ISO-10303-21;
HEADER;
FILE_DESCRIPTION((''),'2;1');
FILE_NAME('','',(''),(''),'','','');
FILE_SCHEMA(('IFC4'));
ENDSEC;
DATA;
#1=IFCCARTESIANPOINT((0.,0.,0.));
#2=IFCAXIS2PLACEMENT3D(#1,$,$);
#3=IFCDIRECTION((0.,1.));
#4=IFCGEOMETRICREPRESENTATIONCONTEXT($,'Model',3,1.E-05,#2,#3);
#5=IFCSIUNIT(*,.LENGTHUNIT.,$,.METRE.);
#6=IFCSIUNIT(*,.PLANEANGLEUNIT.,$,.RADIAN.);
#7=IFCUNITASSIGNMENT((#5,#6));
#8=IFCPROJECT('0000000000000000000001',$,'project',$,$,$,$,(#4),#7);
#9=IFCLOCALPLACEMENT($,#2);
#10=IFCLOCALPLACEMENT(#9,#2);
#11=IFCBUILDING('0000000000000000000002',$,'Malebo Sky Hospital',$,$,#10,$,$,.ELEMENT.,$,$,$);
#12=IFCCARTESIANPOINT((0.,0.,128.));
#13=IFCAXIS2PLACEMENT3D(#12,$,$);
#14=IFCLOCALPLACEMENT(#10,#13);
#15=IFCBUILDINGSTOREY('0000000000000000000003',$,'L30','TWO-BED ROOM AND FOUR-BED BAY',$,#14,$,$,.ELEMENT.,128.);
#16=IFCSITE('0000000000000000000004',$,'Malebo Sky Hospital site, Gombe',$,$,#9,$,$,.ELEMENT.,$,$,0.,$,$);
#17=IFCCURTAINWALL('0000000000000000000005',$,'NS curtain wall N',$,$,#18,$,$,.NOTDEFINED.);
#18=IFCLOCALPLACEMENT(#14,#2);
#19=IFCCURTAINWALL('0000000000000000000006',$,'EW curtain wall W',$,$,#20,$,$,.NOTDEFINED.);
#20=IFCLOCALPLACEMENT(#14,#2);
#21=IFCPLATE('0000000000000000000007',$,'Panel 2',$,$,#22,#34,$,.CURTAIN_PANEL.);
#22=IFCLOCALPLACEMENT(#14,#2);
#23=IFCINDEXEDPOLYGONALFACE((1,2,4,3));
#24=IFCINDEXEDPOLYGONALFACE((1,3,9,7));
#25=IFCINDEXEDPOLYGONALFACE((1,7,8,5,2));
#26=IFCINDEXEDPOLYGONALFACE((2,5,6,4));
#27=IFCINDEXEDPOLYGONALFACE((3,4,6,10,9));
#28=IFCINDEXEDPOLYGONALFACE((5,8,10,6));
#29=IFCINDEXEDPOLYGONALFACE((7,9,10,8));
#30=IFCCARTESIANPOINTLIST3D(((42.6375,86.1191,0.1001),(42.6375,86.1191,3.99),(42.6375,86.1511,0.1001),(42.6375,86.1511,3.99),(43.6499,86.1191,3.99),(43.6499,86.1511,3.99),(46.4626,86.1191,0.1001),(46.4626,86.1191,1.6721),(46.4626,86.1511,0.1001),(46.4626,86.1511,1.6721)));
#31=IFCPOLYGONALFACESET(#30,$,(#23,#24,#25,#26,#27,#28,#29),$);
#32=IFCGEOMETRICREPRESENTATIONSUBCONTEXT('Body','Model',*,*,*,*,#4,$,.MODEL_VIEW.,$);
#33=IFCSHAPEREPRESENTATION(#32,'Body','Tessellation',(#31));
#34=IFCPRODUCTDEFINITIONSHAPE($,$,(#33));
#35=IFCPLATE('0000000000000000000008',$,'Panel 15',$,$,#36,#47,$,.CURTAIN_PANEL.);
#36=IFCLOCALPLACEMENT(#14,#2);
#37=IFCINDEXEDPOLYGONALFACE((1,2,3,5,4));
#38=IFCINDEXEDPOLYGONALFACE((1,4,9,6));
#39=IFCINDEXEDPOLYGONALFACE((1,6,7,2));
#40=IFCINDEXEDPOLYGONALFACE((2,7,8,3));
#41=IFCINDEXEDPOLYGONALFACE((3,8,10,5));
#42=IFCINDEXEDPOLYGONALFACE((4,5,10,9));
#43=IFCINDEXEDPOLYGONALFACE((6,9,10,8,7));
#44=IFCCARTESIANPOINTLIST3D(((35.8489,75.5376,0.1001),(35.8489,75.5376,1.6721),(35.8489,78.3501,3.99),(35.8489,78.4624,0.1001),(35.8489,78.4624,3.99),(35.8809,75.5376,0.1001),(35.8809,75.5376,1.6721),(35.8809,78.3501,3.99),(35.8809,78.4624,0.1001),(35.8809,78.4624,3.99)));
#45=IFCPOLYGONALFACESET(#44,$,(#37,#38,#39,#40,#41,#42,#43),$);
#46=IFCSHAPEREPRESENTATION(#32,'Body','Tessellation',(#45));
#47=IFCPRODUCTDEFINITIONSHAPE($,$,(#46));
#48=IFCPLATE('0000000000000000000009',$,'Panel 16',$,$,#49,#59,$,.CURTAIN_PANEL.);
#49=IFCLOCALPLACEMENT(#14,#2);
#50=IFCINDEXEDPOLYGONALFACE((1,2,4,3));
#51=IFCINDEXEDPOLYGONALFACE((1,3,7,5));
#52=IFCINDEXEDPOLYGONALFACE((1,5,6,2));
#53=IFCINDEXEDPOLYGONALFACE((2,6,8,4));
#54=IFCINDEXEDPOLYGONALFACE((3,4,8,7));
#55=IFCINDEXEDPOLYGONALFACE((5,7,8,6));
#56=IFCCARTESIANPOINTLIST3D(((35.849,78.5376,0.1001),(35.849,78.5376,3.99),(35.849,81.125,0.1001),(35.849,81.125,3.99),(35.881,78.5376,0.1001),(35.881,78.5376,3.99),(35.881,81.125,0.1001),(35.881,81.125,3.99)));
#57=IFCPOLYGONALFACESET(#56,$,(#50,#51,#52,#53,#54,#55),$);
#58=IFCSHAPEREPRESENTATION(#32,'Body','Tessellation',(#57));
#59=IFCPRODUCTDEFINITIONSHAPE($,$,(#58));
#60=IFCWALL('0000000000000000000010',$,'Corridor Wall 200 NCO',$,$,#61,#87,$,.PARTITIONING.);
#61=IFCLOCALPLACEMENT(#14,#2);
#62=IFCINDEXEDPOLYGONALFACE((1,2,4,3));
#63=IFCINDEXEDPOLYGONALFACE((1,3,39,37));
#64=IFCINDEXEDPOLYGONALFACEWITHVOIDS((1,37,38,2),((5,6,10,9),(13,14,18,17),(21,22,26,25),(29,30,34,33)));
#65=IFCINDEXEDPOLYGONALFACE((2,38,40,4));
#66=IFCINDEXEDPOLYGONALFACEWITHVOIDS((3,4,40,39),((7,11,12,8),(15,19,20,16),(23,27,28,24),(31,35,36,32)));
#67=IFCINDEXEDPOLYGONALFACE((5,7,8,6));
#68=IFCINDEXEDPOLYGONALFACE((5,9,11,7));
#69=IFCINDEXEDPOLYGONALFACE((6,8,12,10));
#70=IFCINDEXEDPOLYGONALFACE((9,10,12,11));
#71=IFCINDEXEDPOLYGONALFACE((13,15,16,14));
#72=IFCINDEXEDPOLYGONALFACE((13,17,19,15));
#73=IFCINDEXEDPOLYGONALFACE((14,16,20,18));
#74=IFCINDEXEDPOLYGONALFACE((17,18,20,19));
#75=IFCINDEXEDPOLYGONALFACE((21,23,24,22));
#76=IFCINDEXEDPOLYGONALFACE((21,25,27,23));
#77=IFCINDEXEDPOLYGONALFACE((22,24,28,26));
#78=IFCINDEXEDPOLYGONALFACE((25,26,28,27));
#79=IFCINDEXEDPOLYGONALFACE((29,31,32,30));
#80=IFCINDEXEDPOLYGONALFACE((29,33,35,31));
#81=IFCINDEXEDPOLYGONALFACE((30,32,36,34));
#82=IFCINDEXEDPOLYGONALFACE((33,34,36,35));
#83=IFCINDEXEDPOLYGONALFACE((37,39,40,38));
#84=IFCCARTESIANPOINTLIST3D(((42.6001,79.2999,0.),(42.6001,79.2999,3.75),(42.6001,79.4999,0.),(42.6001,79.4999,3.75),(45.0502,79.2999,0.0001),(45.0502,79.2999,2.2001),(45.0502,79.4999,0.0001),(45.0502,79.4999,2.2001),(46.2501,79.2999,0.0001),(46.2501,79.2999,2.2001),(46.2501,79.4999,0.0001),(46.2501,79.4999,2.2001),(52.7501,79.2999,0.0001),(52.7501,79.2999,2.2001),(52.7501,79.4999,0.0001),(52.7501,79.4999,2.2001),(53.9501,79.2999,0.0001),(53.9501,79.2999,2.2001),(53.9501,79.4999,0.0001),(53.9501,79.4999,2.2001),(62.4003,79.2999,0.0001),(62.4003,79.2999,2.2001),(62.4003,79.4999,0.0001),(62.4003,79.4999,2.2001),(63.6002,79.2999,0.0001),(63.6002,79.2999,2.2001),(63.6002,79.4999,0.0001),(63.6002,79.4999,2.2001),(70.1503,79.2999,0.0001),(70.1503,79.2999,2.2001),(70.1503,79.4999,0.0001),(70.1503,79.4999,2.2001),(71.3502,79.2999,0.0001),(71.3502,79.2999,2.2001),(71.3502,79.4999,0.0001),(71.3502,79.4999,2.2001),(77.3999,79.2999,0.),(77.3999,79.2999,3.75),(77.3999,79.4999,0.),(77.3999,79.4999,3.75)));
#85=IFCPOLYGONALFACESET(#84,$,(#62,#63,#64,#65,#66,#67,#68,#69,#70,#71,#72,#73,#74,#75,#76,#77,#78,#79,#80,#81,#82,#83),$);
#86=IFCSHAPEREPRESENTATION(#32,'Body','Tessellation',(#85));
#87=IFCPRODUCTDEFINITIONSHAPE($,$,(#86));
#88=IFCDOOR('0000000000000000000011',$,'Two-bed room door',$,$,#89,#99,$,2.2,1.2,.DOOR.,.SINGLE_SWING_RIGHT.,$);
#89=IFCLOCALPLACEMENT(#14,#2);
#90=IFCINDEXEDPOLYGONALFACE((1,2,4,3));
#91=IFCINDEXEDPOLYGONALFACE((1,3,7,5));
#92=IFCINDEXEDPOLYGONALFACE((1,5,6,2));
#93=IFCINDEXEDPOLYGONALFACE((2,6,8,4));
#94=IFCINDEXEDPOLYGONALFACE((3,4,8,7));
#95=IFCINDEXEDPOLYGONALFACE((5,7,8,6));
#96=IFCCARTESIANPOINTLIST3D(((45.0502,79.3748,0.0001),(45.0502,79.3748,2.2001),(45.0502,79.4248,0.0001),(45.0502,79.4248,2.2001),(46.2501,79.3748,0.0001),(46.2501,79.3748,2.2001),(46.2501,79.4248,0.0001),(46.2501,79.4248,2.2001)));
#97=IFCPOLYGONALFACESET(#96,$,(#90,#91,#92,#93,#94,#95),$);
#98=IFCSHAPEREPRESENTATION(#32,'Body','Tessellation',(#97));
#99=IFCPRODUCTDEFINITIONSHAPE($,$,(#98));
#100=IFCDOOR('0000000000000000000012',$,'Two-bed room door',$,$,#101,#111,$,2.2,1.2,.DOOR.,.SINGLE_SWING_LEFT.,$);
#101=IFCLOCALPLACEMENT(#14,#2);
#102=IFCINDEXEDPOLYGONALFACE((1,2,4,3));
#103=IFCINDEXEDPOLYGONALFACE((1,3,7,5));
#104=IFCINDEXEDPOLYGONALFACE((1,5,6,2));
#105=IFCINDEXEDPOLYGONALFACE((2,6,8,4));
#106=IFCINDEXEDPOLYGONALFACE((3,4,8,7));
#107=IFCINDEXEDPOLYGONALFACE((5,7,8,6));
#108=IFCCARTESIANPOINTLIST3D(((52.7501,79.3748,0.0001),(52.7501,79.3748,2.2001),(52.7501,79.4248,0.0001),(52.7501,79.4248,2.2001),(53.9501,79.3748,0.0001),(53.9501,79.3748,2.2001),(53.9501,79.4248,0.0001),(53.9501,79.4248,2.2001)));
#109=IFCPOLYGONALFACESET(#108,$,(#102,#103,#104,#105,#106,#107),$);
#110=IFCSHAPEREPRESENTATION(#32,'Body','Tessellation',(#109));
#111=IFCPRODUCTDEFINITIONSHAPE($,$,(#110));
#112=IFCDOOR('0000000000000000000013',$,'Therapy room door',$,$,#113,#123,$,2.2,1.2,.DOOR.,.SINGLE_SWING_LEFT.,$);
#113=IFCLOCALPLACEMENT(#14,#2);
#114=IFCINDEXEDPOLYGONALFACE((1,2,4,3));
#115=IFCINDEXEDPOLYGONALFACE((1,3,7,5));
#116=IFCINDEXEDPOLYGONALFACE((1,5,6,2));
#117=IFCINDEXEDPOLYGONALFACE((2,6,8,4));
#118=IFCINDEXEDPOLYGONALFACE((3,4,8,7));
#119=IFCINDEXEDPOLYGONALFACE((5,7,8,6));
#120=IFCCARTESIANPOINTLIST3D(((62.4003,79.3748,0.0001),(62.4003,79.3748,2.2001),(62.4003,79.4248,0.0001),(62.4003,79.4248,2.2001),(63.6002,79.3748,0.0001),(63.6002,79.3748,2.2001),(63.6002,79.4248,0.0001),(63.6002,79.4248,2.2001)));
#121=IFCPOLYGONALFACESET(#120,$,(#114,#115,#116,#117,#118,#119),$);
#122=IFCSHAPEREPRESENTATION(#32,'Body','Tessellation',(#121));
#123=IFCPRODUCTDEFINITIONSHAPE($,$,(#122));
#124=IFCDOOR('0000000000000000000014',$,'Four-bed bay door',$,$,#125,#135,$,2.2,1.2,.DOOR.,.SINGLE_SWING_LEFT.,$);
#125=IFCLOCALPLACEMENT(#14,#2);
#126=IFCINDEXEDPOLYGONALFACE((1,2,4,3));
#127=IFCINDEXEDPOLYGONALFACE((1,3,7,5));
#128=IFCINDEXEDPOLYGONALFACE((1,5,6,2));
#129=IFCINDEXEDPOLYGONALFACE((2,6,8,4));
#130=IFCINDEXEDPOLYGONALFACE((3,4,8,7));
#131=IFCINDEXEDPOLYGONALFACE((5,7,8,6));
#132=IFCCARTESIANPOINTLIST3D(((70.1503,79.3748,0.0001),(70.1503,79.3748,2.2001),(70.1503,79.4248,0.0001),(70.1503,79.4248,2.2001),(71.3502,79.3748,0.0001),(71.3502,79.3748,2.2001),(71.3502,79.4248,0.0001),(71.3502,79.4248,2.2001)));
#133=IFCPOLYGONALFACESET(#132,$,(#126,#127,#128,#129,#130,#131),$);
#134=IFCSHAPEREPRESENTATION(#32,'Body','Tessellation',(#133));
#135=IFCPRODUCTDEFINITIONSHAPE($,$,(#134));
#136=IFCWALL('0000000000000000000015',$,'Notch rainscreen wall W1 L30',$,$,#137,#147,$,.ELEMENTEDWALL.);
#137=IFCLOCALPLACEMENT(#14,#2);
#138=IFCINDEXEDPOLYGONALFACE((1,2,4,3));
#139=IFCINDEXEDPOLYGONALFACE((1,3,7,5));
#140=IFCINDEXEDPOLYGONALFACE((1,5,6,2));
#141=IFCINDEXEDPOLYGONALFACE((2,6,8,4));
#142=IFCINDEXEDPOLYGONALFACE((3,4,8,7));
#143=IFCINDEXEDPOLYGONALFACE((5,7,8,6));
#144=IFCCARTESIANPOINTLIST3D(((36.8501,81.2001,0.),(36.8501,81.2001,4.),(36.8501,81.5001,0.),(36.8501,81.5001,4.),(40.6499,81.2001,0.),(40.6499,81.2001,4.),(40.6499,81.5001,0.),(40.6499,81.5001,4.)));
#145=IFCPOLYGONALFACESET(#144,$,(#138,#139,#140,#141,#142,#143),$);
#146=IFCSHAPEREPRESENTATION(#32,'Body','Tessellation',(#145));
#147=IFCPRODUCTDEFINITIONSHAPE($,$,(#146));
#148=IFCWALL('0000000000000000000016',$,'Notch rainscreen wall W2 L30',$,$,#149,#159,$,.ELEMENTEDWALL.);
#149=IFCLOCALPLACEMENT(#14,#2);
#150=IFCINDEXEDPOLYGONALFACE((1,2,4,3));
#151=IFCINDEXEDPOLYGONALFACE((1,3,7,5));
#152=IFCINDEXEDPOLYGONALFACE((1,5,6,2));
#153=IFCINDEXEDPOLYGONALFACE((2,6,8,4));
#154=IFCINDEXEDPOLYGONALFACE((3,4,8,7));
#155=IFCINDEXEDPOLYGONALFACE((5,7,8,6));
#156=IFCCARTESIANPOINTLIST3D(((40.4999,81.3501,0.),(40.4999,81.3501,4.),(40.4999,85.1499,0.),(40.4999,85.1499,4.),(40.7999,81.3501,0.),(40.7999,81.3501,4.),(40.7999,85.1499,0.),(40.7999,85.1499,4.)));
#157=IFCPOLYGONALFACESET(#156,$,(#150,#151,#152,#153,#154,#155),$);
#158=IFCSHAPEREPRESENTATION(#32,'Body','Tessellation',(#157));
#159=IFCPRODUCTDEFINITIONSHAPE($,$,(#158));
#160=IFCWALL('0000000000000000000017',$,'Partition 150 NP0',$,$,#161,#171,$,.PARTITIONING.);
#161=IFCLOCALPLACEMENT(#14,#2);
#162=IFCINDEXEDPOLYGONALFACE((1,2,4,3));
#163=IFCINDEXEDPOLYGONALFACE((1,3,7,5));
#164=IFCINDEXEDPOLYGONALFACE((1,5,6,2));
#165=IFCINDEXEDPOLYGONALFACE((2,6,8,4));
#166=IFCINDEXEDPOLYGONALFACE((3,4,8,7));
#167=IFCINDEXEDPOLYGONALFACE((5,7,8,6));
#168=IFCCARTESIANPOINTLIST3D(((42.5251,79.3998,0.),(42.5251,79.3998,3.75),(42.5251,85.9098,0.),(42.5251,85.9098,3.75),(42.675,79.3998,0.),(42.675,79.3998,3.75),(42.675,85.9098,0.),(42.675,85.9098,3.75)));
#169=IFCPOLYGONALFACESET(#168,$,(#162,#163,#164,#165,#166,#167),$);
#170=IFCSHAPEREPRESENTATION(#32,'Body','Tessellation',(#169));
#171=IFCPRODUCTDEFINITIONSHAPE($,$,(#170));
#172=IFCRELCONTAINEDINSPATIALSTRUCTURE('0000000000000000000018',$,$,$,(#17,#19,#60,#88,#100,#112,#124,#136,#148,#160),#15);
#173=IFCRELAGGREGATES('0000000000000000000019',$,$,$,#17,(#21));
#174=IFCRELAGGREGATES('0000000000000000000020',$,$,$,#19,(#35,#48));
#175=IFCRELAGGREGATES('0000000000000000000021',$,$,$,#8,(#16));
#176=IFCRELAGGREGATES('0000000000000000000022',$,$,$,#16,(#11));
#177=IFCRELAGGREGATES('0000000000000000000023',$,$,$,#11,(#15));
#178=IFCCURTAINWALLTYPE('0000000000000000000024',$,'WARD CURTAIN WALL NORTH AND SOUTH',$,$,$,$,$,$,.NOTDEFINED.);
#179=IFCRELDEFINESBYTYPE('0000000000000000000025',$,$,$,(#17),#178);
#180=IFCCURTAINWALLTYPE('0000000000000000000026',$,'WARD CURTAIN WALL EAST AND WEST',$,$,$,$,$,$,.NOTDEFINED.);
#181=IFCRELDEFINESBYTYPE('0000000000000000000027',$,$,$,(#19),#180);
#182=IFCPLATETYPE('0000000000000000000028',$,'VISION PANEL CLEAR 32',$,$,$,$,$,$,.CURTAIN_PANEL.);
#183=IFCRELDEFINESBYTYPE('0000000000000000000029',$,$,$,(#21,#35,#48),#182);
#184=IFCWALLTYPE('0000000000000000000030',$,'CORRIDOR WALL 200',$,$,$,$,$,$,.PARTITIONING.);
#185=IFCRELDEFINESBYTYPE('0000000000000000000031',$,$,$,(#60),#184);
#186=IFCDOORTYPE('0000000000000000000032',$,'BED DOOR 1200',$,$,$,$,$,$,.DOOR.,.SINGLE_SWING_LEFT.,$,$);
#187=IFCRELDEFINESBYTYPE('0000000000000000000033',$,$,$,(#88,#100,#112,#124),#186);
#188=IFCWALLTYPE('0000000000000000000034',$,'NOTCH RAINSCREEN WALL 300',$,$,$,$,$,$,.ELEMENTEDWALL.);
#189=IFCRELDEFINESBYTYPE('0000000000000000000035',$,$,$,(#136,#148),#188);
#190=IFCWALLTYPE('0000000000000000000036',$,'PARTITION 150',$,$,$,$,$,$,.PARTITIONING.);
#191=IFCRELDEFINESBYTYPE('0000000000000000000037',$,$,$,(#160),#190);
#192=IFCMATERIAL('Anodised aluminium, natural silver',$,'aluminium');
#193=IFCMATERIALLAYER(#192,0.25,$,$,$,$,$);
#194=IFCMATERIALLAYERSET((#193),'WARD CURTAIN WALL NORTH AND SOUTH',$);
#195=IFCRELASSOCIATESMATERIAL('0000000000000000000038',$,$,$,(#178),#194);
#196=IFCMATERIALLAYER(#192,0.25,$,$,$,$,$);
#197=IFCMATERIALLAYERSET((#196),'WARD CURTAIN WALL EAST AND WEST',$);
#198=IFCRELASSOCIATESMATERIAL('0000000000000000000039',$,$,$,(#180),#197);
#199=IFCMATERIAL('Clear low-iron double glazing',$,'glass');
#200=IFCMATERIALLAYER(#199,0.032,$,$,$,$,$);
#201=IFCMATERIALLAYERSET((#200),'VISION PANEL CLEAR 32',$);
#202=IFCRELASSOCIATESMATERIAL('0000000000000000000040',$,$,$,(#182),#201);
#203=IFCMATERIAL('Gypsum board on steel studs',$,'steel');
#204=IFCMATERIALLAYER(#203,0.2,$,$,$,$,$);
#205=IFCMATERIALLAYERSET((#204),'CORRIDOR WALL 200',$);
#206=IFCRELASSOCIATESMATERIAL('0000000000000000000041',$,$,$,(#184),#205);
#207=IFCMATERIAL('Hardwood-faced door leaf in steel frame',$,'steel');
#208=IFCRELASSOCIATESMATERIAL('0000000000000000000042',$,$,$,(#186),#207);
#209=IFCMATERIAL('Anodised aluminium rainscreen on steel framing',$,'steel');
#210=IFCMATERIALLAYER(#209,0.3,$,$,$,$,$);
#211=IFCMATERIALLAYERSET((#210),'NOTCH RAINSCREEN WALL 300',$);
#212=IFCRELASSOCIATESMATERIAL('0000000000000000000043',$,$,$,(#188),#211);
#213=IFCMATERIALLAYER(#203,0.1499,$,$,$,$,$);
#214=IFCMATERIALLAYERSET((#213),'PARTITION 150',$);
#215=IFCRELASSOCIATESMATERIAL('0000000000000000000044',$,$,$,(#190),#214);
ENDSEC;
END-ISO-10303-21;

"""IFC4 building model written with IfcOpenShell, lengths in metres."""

from ifc_helpers import new_model, si_unit, direction, frame, frame_2d, origin, origin_2d, place, context, subcontext, project, spatial, polyline, rectangle, outline, extrude, material, layer, layer_set, type_object, element, fill, aggregate, save


model = new_model("IFC4")

# Units and contexts
model_context = context("Model", 3, precision=1e-05, world=origin(), true_north=direction((0.0, 1.0)))
body_context = subcontext(model_context, "Body", "Model", "MODEL_VIEW")
ifc_project = project(units=[si_unit("LENGTHUNIT", "METRE"), si_unit("PLANEANGLEUNIT", "RADIAN")], contexts=[model_context])

# Site, building, storey
site_placement = place(None, origin())
site = spatial("IfcSite", under=ifc_project, at=site_placement, Name="Malebo Sky Hospital site, Gombe", CompositionType="ELEMENT", RefElevation=0.0)
building_placement = place(site_placement, origin())
building = spatial("IfcBuilding", under=site, at=building_placement, Name="Malebo Sky Hospital", CompositionType="ELEMENT")
storey_placement = place(building_placement, frame((0.0, 0.0, 128.0)))
storey = spatial("IfcBuildingStorey", under=building, at=storey_placement, Name="L30", Description="TWO-BED ROOM AND FOUR-BED BAY", CompositionType="ELEMENT", Elevation=128.0)

# Curtain walls
ifc_material_1 = material(Name="Anodised aluminium, natural silver", Category="aluminium")
ifc_layer_1 = layer(ifc_material_1, 0.25)
ifc_layer_set_1 = layer_set([ifc_layer_1], Name="WARD CURTAIN WALL NORTH AND SOUTH")
curtain_wall_type_1 = type_object("IfcCurtainWallType", Name="WARD CURTAIN WALL NORTH AND SOUTH", PredefinedType="NOTDEFINED", material=ifc_layer_set_1)
curtain_wall_1_placement = place(storey_placement, origin())
curtain_wall_1 = element("IfcCurtainWall", 1, at=curtain_wall_1_placement, inside=storey, type_object=curtain_wall_type_1, Name="NS curtain wall N", PredefinedType="NOTDEFINED")
ifc_layer_2 = layer(ifc_material_1, 0.25)
ifc_layer_set_2 = layer_set([ifc_layer_2], Name="WARD CURTAIN WALL EAST AND WEST")
curtain_wall_type_2 = type_object("IfcCurtainWallType", Name="WARD CURTAIN WALL EAST AND WEST", PredefinedType="NOTDEFINED", material=ifc_layer_set_2)
curtain_wall_2_placement = place(storey_placement, origin())
curtain_wall_2 = element("IfcCurtainWall", 2, at=curtain_wall_2_placement, inside=storey, type_object=curtain_wall_type_2, Name="EW curtain wall W", PredefinedType="NOTDEFINED")

# Plates
ifc_material_2 = material(Name="Clear low-iron double glazing", Category="glass")
ifc_layer_3 = layer(ifc_material_2, 0.032)
ifc_layer_set_3 = layer_set([ifc_layer_3], Name="VISION PANEL CLEAR 32")
plate_type = type_object("IfcPlateType", Name="VISION PANEL CLEAR 32", PredefinedType="CURTAIN_PANEL", material=ifc_layer_set_3)
plate_1_placement = place(storey_placement, frame((44.55, 86.135, 0.1001), z_axis=(0.0, 0.0, 1.0), x_axis=(1.0, 0.0, 0.0)))
plate_1 = element("IfcPlate", 3, at=plate_1_placement, type_object=plate_type, Name="Panel 2", PredefinedType="CURTAIN_PANEL", context=body_context, shape_type="SweptSolid", body=[
    extrude(outline(polyline([(-1.9126, 0.0), (1.9126, 0.0), (1.9126, 1.572), (-0.9001, 3.8899), (-1.9126, 3.8899), (-1.9126, 0.0)])), frame((0.0, 0.0161, 0.0), z_axis=(0.0, -1.0, 0.0), x_axis=(1.0, 0.0, 0.0)), (0.0, 0.0, 1.0), 0.032),
])
aggregate(curtain_wall_1, [plate_1])
plate_2_placement = place(storey_placement, frame((35.865, 77.0, 0.1001), z_axis=(0.0, 0.0, 1.0), x_axis=(0.0, 1.0, 0.0)))
plate_2 = element("IfcPlate", 4, at=plate_2_placement, type_object=plate_type, Name="Panel 15", PredefinedType="CURTAIN_PANEL", context=body_context, shape_type="SweptSolid", body=[
    extrude(outline(polyline([(-1.4624, 0.0), (1.4624, 0.0), (1.4624, 3.8899), (1.3501, 3.8899), (-1.4624, 1.572), (-1.4624, 0.0)])), frame((0.0, 0.0161, 0.0), z_axis=(0.0, -1.0, 0.0), x_axis=(1.0, 0.0, 0.0)), (0.0, 0.0, 1.0), 0.032),
])
plate_3_placement = place(storey_placement, frame((35.865, 79.8313, 0.1001), z_axis=(0.0, 0.0, 1.0), x_axis=(0.0, 1.0, 0.0)))
plate_3 = element("IfcPlate", 5, at=plate_3_placement, type_object=plate_type, Name="Panel 16", PredefinedType="CURTAIN_PANEL", context=body_context, shape_type="SweptSolid", body=[
    extrude(rectangle(XDim=2.5874, YDim=0.032, at=origin_2d()), origin(), (0.0, 0.0, 1.0), 3.8899),
])
aggregate(curtain_wall_2, [plate_2, plate_3])

# Wall, openings, doors
ifc_material_3 = material(Name="Gypsum board on steel studs", Category="steel")
ifc_layer_4 = layer(ifc_material_3, 0.2)
ifc_layer_set_4 = layer_set([ifc_layer_4], Name="CORRIDOR WALL 200")
wall_type_1 = type_object("IfcWallType", Name="CORRIDOR WALL 200", PredefinedType="PARTITIONING", material=ifc_layer_set_4)
wall_1_placement = place(storey_placement, frame((42.6001, 79.3999, 0.0), z_axis=(0.0, 0.0, 1.0), x_axis=(1.0, 0.0, 0.0)))
wall_1 = element("IfcWall", 6, at=wall_1_placement, inside=storey, type_object=wall_type_1, Name="Corridor Wall 200 NCO", PredefinedType="PARTITIONING", context=body_context, shape_type="SweptSolid", body=[
    extrude(rectangle(XDim=34.7998, YDim=0.2, at=frame_2d((17.3999, 0.0))), origin(), (0.0, 0.0, 1.0), 3.75),
])
opening_1_placement = place(wall_1_placement, frame((2.45, 0.0, 0.0)))
opening_1 = element("IfcOpeningElement", 7, at=opening_1_placement, cuts=wall_1, PredefinedType="OPENING", context=body_context, shape_type="SweptSolid", body=[
    extrude(rectangle(XDim=1.2, YDim=2.2, at=frame_2d((0.6001, 1.1001))), frame((0.0, 0.1099, 0.0), z_axis=(0.0, -1.0, 0.0), x_axis=(1.0, 0.0, 0.0)), (0.0, 0.0, 1.0), 0.22),
])
opening_2_placement = place(wall_1_placement, frame((10.1499, 0.0, 0.0)))
opening_2 = element("IfcOpeningElement", 8, at=opening_2_placement, cuts=wall_1, PredefinedType="OPENING", context=body_context, shape_type="SweptSolid", body=[
    extrude(rectangle(XDim=1.2, YDim=2.2, at=frame_2d((0.6001, 1.1001))), frame((0.0, 0.1099, 0.0), z_axis=(0.0, -1.0, 0.0), x_axis=(1.0, 0.0, 0.0)), (0.0, 0.0, 1.0), 0.22),
])
opening_3_placement = place(wall_1_placement, frame((19.8, 0.0, 0.0)))
opening_3 = element("IfcOpeningElement", 9, at=opening_3_placement, cuts=wall_1, PredefinedType="OPENING", context=body_context, shape_type="SweptSolid", body=[
    extrude(rectangle(XDim=1.2, YDim=2.2, at=frame_2d((0.6001, 1.1001))), frame((0.0, 0.1099, 0.0), z_axis=(0.0, -1.0, 0.0), x_axis=(1.0, 0.0, 0.0)), (0.0, 0.0, 1.0), 0.22),
])
opening_4_placement = place(wall_1_placement, frame((27.55, 0.0, 0.0)))
opening_4 = element("IfcOpeningElement", 10, at=opening_4_placement, cuts=wall_1, PredefinedType="OPENING", context=body_context, shape_type="SweptSolid", body=[
    extrude(rectangle(XDim=1.2, YDim=2.2, at=frame_2d((0.6001, 1.1001))), frame((0.0, 0.1099, 0.0), z_axis=(0.0, -1.0, 0.0), x_axis=(1.0, 0.0, 0.0)), (0.0, 0.0, 1.0), 0.22),
])
ifc_material_4 = material(Name="Hardwood-faced door leaf in steel frame", Category="steel")
door_type_1 = type_object("IfcDoorType", Name="BED DOOR 1200", OperationType="SINGLE_SWING_LEFT", PredefinedType="DOOR", material=ifc_material_4)
door_1_placement = place(opening_1_placement, origin())
door_1 = element("IfcDoor", 11, at=door_1_placement, inside=storey, type_object=door_type_1, Name="Two-bed room door", OperationType="SINGLE_SWING_RIGHT", OverallHeight=2.2, OverallWidth=1.2, PredefinedType="DOOR", context=body_context, shape_type="SweptSolid", body=[
    extrude(rectangle(XDim=1.2, YDim=2.2, at=frame_2d((0.6001, 1.1001))), frame((0.0, 0.0249, 0.0), z_axis=(0.0, -1.0, 0.0), x_axis=(1.0, 0.0, 0.0)), (0.0, 0.0, 1.0), 0.05),
])
fill(opening_1, door_1)
door_2_placement = place(opening_2_placement, origin())
door_2 = element("IfcDoor", 12, at=door_2_placement, inside=storey, type_object=door_type_1, Name="Two-bed room door", OperationType="SINGLE_SWING_LEFT", OverallHeight=2.2, OverallWidth=1.2, PredefinedType="DOOR", context=body_context, shape_type="SweptSolid", body=[
    extrude(rectangle(XDim=1.2, YDim=2.2, at=frame_2d((0.6001, 1.1001))), frame((0.0, 0.0249, 0.0), z_axis=(0.0, -1.0, 0.0), x_axis=(1.0, 0.0, 0.0)), (0.0, 0.0, 1.0), 0.05),
])
fill(opening_2, door_2)
door_3_placement = place(opening_3_placement, origin())
door_3 = element("IfcDoor", 13, at=door_3_placement, inside=storey, type_object=door_type_1, Name="Therapy room door", OperationType="SINGLE_SWING_LEFT", OverallHeight=2.2, OverallWidth=1.2, PredefinedType="DOOR", context=body_context, shape_type="SweptSolid", body=[
    extrude(rectangle(XDim=1.2, YDim=2.2, at=frame_2d((0.6001, 1.1001))), frame((0.0, 0.0249, 0.0), z_axis=(0.0, -1.0, 0.0), x_axis=(1.0, 0.0, 0.0)), (0.0, 0.0, 1.0), 0.05),
])
fill(opening_3, door_3)
door_4_placement = place(opening_4_placement, origin())
door_4 = element("IfcDoor", 14, at=door_4_placement, inside=storey, type_object=door_type_1, Name="Four-bed bay door", OperationType="SINGLE_SWING_LEFT", OverallHeight=2.2, OverallWidth=1.2, PredefinedType="DOOR", context=body_context, shape_type="SweptSolid", body=[
    extrude(rectangle(XDim=1.2, YDim=2.2, at=frame_2d((0.6001, 1.1001))), frame((0.0, 0.0249, 0.0), z_axis=(0.0, -1.0, 0.0), x_axis=(1.0, 0.0, 0.0)), (0.0, 0.0, 1.0), 0.05),
])
fill(opening_4, door_4)

# Walls
ifc_material_5 = material(Name="Anodised aluminium rainscreen on steel framing", Category="steel")
ifc_layer_5 = layer(ifc_material_5, 0.3)
ifc_layer_set_5 = layer_set([ifc_layer_5], Name="NOTCH RAINSCREEN WALL 300")
wall_type_2 = type_object("IfcWallType", Name="NOTCH RAINSCREEN WALL 300", PredefinedType="ELEMENTEDWALL", material=ifc_layer_set_5)
for number, where, z_axis, x_axis, name in (
    (15, (36.8501, 81.3501, 0.0), (0.0, 0.0, 1.0), (1.0, 0.0, 0.0), "Notch rainscreen wall W1 L30"),
    (16, (40.6499, 81.3501, 0.0), (0.0, 0.0, 1.0), (0.0, 1.0, 0.0), "Notch rainscreen wall W2 L30"),
):
    element("IfcWall", number, at=place(storey_placement, frame(where, z_axis=z_axis, x_axis=x_axis)), inside=storey, type_object=wall_type_2, Name=name, PredefinedType="ELEMENTEDWALL", context=body_context, shape_type="SweptSolid", body=[
        extrude(rectangle(XDim=3.7998, YDim=0.3, at=frame_2d((1.8999, 0.0))), origin(), (0.0, 0.0, 1.0), 4.0),
    ])
ifc_layer_6 = layer(ifc_material_3, 0.1499)
ifc_layer_set_6 = layer_set([ifc_layer_6], Name="PARTITION 150")
wall_type_3 = type_object("IfcWallType", Name="PARTITION 150", PredefinedType="PARTITIONING", material=ifc_layer_set_6)
wall_2_placement = place(storey_placement, frame((42.6001, 79.3999, 0.0), z_axis=(0.0, 0.0, 1.0), x_axis=(0.0, 1.0, 0.0)))
element("IfcWall", 17, at=wall_2_placement, inside=storey, type_object=wall_type_3, Name="Partition 150 NP0", PredefinedType="PARTITIONING", context=body_context, shape_type="SweptSolid", body=[
    extrude(rectangle(XDim=6.51, YDim=0.1499, at=frame_2d((3.2549, 0.0))), origin(), (0.0, 0.0, 1.0), 3.75),
])

save(model, "model.ifc")
